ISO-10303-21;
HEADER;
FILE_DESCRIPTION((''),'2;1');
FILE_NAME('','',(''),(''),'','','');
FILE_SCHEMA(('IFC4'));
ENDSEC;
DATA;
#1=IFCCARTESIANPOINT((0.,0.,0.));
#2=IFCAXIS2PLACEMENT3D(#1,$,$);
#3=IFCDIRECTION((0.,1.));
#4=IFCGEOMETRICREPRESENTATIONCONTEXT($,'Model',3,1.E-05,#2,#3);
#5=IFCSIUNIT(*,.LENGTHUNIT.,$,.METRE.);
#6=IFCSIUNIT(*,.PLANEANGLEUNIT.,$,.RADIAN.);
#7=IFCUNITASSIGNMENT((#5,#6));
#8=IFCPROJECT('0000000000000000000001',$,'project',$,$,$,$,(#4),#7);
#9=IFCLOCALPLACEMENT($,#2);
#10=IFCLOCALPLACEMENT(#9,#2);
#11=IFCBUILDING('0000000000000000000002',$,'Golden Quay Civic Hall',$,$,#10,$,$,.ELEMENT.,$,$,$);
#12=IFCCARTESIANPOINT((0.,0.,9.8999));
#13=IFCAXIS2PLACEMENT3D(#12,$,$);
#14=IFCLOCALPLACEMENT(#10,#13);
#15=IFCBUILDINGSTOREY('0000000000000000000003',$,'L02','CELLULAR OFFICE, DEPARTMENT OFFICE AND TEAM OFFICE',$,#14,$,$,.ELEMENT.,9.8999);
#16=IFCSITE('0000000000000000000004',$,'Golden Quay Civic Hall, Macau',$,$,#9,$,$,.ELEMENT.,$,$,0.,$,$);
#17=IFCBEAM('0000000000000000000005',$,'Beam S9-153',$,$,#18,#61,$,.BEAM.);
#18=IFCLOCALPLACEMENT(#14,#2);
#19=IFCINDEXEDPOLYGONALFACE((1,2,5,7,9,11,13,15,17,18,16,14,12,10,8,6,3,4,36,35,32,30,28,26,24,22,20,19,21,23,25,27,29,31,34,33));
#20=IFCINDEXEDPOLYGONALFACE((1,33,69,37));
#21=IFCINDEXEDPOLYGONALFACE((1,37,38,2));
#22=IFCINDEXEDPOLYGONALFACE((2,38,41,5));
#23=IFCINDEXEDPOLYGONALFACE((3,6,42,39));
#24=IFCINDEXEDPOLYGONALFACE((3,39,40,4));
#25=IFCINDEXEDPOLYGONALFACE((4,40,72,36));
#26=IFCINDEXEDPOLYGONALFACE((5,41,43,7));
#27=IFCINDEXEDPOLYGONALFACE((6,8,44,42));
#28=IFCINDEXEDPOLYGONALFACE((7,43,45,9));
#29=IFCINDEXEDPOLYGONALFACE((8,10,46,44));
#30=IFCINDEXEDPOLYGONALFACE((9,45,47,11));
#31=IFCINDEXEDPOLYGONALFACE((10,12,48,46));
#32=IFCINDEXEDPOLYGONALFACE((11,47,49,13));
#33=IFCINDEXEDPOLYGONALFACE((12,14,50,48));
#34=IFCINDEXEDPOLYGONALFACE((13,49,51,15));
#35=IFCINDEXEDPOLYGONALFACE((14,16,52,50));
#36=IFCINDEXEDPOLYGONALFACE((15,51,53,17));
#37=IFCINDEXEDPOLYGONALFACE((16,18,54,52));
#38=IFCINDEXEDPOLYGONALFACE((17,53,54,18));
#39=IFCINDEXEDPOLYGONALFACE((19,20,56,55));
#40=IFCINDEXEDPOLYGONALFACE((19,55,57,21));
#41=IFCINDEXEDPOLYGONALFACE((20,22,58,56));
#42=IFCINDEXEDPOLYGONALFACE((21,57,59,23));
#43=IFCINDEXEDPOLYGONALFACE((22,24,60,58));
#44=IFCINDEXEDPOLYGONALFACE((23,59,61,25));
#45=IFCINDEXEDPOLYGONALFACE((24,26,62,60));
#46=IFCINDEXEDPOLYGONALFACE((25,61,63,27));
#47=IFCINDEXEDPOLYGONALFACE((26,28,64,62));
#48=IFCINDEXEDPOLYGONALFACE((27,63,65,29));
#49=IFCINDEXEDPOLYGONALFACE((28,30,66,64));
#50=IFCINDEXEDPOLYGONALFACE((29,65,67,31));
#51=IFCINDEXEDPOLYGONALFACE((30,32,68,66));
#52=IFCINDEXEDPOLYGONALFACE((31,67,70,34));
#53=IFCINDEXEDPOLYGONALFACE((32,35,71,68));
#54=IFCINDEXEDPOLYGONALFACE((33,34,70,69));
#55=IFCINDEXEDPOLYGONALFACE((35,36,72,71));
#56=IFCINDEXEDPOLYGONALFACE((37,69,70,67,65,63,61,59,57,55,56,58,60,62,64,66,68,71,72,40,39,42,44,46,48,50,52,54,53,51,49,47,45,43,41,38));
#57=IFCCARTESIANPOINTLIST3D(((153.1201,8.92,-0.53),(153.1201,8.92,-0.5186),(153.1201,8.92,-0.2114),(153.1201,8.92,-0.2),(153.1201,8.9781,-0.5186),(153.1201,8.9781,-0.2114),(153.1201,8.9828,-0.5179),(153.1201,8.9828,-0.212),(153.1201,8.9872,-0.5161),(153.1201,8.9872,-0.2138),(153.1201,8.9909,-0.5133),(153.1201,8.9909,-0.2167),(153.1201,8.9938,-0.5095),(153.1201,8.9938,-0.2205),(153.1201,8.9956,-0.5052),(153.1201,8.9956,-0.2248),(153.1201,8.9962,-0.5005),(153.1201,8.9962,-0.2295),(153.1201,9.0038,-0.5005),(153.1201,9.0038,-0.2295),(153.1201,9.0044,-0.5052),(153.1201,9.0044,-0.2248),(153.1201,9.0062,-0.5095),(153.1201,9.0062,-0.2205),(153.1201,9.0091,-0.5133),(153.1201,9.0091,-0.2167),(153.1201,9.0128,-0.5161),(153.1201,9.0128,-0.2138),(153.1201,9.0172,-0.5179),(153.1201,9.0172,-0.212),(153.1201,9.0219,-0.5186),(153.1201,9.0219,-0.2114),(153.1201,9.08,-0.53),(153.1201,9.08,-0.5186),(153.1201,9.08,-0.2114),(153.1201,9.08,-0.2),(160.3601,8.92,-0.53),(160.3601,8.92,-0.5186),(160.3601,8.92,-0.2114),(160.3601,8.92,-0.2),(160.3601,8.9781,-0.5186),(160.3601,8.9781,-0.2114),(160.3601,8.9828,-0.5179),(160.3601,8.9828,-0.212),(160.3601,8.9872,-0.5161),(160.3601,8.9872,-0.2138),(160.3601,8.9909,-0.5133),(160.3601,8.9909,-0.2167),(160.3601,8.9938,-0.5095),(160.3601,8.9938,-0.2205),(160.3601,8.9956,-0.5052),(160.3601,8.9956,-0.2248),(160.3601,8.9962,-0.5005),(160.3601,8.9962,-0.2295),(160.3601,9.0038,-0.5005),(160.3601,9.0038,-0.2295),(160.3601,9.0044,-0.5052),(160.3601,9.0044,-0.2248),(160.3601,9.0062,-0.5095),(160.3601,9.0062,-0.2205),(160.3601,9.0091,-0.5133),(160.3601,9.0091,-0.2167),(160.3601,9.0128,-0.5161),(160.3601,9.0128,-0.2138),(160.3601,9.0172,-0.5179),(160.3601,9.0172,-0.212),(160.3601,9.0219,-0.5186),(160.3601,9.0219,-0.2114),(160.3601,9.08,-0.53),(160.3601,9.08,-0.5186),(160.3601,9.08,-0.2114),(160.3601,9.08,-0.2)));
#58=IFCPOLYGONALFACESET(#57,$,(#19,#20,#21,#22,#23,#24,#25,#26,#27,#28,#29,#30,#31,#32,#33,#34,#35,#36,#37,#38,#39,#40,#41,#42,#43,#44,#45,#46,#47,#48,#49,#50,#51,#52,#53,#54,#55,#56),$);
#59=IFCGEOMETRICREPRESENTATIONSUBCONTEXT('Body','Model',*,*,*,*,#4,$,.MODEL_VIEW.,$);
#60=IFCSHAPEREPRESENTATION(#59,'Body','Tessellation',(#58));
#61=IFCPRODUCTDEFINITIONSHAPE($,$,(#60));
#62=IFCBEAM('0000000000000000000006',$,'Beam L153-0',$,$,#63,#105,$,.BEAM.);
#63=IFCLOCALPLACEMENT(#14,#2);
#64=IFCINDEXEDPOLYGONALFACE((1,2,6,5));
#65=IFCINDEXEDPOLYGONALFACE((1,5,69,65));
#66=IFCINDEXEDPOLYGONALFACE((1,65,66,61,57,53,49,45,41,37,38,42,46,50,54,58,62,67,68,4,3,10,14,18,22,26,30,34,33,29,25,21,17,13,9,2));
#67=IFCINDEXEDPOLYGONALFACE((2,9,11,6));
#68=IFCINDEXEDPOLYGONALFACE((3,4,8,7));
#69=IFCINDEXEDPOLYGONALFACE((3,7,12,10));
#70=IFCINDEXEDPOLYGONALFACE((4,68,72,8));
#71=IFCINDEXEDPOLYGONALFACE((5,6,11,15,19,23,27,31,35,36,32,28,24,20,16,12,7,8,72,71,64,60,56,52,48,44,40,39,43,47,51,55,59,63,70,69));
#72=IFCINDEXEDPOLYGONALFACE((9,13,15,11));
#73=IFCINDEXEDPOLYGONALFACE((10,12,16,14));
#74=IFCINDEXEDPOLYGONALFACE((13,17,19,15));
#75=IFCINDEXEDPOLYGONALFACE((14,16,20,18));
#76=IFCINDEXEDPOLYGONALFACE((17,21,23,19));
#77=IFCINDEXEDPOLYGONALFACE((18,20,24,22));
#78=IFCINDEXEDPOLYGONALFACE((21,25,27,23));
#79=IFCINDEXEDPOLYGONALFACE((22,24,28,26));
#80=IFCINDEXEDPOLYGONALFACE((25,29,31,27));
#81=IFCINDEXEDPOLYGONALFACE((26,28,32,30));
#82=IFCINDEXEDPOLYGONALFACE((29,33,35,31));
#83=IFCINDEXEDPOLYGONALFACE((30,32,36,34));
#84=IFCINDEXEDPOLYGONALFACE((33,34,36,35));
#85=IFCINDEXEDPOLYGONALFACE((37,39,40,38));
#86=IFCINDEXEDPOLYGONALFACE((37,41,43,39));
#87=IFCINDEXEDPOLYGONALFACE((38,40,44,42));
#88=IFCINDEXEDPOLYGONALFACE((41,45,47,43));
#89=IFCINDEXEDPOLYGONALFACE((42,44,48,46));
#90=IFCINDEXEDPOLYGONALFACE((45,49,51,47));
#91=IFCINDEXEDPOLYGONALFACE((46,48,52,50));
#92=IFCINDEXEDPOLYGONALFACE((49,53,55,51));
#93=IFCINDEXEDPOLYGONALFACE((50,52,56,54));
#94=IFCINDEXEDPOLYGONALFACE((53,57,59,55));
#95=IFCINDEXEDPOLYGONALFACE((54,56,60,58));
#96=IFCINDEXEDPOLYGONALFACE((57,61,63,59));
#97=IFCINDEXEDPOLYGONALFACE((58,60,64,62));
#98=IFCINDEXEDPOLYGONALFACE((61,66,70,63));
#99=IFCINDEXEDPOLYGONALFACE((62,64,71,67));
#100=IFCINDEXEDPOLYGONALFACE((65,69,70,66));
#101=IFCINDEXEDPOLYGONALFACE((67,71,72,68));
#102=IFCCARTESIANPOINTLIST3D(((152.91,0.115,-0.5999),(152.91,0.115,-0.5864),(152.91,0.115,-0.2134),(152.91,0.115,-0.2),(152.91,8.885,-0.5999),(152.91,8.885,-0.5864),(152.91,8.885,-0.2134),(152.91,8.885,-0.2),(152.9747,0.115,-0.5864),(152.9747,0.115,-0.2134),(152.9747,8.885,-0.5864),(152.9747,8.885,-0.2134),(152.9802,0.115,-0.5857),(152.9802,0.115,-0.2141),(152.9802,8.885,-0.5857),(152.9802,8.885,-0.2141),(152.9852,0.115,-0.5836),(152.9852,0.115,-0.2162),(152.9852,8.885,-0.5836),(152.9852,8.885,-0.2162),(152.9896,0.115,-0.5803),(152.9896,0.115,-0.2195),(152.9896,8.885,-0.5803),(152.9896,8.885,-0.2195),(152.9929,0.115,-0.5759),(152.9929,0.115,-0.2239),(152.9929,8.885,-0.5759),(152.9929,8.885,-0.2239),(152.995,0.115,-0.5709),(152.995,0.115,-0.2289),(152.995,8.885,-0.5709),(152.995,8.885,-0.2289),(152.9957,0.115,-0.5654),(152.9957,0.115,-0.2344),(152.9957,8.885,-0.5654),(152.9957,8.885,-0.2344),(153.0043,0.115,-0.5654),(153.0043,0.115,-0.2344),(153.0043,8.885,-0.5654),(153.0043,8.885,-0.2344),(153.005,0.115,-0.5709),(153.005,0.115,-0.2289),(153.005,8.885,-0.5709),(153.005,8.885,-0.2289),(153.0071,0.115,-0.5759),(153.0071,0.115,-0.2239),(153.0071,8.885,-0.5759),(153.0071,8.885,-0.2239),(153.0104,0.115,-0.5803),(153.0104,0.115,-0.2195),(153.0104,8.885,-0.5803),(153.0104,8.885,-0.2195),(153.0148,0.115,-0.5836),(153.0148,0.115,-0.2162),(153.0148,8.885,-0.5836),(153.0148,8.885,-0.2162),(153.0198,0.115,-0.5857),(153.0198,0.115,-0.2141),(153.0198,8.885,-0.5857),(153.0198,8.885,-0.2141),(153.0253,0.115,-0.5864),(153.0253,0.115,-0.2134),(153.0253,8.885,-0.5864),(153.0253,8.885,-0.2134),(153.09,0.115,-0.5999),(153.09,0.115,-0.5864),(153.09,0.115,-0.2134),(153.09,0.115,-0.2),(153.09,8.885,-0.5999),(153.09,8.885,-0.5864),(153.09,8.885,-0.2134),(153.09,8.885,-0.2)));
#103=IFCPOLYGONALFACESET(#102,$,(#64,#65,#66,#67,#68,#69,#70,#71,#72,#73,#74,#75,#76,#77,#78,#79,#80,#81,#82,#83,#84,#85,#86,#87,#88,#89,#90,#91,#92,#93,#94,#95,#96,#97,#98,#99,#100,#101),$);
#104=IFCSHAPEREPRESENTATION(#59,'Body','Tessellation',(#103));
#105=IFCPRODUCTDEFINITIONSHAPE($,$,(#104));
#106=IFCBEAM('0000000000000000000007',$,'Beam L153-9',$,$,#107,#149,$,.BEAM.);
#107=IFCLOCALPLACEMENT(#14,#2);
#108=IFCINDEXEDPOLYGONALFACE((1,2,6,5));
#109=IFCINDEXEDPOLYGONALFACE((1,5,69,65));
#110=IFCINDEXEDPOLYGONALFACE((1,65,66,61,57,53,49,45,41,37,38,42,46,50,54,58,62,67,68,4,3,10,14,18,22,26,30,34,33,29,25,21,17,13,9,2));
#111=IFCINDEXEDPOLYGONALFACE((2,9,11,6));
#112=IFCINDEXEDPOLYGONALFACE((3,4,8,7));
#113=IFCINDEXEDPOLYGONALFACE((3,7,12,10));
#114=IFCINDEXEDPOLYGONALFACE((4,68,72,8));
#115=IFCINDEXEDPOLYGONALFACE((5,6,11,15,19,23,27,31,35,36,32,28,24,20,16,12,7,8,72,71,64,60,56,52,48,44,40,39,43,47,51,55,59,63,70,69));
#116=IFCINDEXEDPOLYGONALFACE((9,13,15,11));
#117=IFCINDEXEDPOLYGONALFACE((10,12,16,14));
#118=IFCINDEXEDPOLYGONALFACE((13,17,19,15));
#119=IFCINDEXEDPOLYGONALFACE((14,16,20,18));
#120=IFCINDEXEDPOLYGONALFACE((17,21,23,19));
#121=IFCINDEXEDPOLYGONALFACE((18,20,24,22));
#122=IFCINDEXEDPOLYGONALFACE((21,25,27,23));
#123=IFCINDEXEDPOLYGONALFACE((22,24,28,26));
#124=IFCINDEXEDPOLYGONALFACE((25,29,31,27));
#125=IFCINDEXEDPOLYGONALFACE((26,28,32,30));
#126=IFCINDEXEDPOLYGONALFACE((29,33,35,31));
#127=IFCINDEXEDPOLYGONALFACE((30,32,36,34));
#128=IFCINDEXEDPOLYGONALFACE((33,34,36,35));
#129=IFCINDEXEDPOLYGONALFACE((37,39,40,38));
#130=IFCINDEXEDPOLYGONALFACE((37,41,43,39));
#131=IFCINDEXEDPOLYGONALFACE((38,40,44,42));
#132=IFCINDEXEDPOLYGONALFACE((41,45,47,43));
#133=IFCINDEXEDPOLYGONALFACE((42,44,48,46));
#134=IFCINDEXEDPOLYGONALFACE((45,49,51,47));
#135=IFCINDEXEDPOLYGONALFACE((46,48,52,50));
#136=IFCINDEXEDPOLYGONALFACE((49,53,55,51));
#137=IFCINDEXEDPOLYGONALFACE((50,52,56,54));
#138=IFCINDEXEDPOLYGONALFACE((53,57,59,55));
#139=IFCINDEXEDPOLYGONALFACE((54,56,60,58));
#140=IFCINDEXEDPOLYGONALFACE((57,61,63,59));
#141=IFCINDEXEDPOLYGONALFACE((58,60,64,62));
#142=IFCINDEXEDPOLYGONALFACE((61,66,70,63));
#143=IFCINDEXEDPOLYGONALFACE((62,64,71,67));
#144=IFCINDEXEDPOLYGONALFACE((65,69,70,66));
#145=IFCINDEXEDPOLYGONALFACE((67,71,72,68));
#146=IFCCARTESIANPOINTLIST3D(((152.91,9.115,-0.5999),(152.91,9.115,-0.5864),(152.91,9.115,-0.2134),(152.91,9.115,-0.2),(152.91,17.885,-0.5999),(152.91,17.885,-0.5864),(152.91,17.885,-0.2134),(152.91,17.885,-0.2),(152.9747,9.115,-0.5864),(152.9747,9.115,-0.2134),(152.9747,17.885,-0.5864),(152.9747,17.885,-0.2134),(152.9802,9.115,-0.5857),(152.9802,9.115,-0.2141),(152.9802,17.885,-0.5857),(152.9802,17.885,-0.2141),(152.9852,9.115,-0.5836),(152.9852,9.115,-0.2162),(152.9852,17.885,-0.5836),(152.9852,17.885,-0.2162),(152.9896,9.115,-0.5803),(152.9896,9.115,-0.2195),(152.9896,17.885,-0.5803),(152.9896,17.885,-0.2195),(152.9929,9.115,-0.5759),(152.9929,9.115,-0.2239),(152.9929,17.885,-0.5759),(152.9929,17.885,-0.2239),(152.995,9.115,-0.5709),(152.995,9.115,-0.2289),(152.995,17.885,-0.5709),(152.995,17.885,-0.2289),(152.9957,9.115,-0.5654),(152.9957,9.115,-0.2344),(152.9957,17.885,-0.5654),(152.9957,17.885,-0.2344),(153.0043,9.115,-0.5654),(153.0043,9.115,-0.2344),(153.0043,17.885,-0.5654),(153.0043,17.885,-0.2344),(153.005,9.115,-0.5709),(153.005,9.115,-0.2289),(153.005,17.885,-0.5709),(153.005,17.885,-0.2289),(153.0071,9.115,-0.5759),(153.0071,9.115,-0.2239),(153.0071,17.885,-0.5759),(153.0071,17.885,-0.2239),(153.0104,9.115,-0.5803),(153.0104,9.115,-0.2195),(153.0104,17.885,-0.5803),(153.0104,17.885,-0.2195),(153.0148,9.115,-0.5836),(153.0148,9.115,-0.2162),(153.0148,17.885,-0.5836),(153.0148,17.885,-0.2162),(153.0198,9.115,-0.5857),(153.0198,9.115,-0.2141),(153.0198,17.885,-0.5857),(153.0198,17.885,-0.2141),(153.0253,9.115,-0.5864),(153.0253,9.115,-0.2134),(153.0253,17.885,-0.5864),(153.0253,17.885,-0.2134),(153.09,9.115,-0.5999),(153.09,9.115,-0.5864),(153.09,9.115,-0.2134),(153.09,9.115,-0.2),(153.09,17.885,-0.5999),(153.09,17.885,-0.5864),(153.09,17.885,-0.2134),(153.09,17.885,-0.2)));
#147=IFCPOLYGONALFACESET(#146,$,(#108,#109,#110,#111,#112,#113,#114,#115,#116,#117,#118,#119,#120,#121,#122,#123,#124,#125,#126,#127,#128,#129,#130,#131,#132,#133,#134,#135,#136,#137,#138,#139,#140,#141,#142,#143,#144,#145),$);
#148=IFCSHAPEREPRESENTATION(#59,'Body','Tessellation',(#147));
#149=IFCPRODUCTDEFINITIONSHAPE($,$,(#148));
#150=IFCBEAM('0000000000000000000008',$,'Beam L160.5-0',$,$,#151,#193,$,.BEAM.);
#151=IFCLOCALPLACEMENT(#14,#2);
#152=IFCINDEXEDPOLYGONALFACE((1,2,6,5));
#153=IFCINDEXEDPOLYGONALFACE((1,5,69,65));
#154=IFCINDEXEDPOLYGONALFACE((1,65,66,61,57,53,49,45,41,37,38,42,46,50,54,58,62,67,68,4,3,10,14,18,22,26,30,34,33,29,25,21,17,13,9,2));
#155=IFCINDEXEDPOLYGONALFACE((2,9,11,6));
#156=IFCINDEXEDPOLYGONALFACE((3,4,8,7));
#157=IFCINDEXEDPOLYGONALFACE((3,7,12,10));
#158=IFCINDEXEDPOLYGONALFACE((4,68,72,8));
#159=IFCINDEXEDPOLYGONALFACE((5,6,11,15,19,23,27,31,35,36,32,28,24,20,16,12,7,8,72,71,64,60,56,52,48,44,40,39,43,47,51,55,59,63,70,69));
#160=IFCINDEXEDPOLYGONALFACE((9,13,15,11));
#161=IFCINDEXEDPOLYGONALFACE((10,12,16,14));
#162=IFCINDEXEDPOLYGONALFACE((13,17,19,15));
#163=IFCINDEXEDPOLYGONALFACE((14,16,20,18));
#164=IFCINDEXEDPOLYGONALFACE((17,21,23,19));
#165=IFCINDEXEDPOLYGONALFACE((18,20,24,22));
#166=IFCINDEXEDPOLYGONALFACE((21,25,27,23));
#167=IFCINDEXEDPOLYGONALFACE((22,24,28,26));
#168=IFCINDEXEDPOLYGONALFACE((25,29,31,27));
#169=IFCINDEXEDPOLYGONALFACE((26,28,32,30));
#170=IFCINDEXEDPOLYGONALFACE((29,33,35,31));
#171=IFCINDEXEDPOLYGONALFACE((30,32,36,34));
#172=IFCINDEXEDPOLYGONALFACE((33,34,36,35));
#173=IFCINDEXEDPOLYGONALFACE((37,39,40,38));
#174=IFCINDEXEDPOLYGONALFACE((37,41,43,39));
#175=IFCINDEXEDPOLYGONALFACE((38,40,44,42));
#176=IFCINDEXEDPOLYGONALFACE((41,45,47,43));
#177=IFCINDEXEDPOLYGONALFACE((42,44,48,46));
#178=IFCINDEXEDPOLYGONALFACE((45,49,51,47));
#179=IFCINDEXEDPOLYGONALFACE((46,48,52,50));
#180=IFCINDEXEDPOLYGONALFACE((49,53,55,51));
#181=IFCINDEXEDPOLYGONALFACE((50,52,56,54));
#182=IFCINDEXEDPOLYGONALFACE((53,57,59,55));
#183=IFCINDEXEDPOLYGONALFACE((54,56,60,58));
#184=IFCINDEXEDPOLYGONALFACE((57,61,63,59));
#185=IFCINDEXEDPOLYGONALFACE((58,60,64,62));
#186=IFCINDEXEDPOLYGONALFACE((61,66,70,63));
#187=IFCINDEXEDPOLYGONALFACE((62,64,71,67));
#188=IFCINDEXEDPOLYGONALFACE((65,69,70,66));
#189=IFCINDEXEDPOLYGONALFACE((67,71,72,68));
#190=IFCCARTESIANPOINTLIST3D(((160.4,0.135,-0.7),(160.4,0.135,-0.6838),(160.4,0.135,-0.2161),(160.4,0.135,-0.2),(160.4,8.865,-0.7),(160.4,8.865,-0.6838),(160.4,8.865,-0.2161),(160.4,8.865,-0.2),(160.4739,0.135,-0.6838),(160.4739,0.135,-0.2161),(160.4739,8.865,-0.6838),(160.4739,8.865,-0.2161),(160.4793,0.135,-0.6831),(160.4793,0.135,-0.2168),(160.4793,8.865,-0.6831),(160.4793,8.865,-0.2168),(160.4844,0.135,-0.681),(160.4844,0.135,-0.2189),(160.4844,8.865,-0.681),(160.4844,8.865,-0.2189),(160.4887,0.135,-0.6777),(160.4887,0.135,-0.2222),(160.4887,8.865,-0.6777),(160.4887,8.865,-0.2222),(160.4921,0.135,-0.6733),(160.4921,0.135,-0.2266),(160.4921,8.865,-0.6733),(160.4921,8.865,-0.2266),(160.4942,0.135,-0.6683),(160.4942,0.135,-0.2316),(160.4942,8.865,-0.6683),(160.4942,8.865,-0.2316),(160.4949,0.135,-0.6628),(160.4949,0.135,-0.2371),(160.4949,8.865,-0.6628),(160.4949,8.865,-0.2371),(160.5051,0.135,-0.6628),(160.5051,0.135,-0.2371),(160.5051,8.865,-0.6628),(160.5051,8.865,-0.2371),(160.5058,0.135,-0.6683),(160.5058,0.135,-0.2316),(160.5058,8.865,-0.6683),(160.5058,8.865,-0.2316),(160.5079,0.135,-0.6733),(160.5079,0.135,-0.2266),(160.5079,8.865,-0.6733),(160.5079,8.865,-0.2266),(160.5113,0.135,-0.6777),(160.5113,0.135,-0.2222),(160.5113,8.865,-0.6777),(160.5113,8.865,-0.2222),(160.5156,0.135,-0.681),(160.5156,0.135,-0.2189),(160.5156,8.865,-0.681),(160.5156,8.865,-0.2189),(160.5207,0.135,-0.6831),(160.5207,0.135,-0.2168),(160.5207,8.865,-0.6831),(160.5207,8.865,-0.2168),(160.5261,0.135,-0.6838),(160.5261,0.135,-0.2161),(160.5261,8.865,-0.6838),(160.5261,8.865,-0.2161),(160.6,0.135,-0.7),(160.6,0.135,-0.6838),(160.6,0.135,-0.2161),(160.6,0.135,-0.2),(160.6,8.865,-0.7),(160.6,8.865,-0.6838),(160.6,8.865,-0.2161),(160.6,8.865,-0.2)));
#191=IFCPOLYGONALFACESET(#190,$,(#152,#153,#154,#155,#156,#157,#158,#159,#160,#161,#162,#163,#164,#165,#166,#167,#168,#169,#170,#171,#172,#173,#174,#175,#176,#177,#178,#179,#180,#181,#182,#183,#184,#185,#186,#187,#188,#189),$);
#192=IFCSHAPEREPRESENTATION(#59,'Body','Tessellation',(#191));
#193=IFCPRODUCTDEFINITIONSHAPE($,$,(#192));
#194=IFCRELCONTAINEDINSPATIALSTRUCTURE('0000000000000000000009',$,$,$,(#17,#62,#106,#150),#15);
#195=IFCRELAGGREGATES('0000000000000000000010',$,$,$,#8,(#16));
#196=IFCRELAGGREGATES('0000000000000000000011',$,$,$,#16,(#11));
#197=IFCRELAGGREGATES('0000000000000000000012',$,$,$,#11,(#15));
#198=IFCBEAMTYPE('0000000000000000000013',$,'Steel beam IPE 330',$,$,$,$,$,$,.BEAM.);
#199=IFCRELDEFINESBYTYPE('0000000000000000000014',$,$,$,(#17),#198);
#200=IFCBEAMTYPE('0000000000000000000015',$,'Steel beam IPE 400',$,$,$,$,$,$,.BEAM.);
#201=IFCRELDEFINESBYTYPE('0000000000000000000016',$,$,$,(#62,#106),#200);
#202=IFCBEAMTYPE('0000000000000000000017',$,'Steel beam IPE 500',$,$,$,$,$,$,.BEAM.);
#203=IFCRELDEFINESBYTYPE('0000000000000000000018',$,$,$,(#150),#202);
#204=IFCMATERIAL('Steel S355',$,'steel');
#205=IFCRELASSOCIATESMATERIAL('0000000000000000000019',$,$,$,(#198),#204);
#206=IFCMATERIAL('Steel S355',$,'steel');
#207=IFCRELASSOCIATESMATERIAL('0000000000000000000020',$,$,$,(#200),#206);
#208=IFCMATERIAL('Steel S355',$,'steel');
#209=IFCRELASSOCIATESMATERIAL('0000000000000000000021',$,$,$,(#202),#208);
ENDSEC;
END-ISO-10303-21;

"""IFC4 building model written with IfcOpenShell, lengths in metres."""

from ifc_helpers import new_model, si_unit, direction, frame, origin, origin_2d, place, context, subcontext, project, spatial, i_section, extrude, material, material_profile, profile_set, type_object, element, save


model = new_model("IFC4")

# Units and contexts
model_context = context("Model", 3, precision=1e-05, world=origin(), true_north=direction((0.0, 1.0)))
body_context = subcontext(model_context, "Body", "Model", "MODEL_VIEW")
ifc_project = project(units=[si_unit("LENGTHUNIT", "METRE"), si_unit("PLANEANGLEUNIT", "RADIAN")], contexts=[model_context])

# Site, building, storey
site_placement = place(None, origin())
site = spatial("IfcSite", under=ifc_project, at=site_placement, Name="Golden Quay Civic Hall, Macau", CompositionType="ELEMENT", RefElevation=0.0)
building_placement = place(site_placement, origin())
building = spatial("IfcBuilding", under=site, at=building_placement, Name="Golden Quay Civic Hall", CompositionType="ELEMENT")
storey_placement = place(building_placement, frame((0.0, 0.0, 9.8999)))
storey = spatial("IfcBuildingStorey", under=building, at=storey_placement, Name="L02", Description="CELLULAR OFFICE, DEPARTMENT OFFICE AND TEAM OFFICE", CompositionType="ELEMENT", Elevation=9.8999)

# Beams
ifc_material_1 = material(Name="Steel S355", Category="steel")
ifc_material_profile_1 = material_profile(ifc_material_1, i_section(OverallWidth=0.1599, OverallDepth=0.3301, WebThickness=0.0076, FlangeThickness=0.0115, FilletRadius=0.0181, at=origin_2d()), Name="IPE 330")
ifc_profile_set_1 = profile_set([ifc_material_profile_1], Name="Steel S355")
beam_type_1 = type_object("IfcBeamType", Name="Steel beam IPE 330", PredefinedType="BEAM", material=ifc_profile_set_1)
beam_1_placement = place(storey_placement, frame((153.1201, 9.0, -0.365), z_axis=(1.0, 0.0, 0.0), x_axis=(0.0, 1.0, 0.0)))
element("IfcBeam", 1, at=beam_1_placement, inside=storey, type_object=beam_type_1, Name="Beam S9-153", PredefinedType="BEAM", context=body_context, shape_type="SweptSolid", body=[
    extrude(i_section(OverallWidth=0.1599, OverallDepth=0.3301, WebThickness=0.0076, FlangeThickness=0.0115, FilletRadius=0.0181, at=origin_2d()), origin(), (0.0, 0.0, 1.0), 7.24),
])
ifc_material_2 = material(Name="Steel S355", Category="steel")
ifc_material_profile_2 = material_profile(ifc_material_2, i_section(OverallWidth=0.1799, OverallDepth=0.3999, WebThickness=0.0085, FlangeThickness=0.0134, FilletRadius=0.021, at=origin_2d()), Name="IPE 400")
ifc_profile_set_2 = profile_set([ifc_material_profile_2], Name="Steel S355")
beam_type_2 = type_object("IfcBeamType", Name="Steel beam IPE 400", PredefinedType="BEAM", material=ifc_profile_set_2)
for number, where, z_axis, x_axis, name in (
    (2, (153.0, 0.115, -0.3999), (0.0, 1.0, 0.0), (-1.0, 0.0, 0.0), "Beam L153-0"),
    (3, (153.0, 9.115, -0.3999), (0.0, 1.0, 0.0), (-1.0, 0.0, 0.0), "Beam L153-9"),
):
    element("IfcBeam", number, at=place(storey_placement, frame(where, z_axis=z_axis, x_axis=x_axis)), inside=storey, type_object=beam_type_2, Name=name, PredefinedType="BEAM", context=body_context, shape_type="SweptSolid", body=[
        extrude(i_section(OverallWidth=0.1799, OverallDepth=0.3999, WebThickness=0.0085, FlangeThickness=0.0134, FilletRadius=0.021, at=origin_2d()), origin(), (0.0, 0.0, 1.0), 8.77),
    ])
ifc_material_3 = material(Name="Steel S355", Category="steel")
ifc_material_profile_3 = material_profile(ifc_material_3, i_section(OverallWidth=0.2, OverallDepth=0.5, WebThickness=0.0103, FlangeThickness=0.0161, FilletRadius=0.021, at=origin_2d()), Name="IPE 500")
ifc_profile_set_3 = profile_set([ifc_material_profile_3], Name="Steel S355")
beam_type_3 = type_object("IfcBeamType", Name="Steel beam IPE 500", PredefinedType="BEAM", material=ifc_profile_set_3)
for number, where, z_axis, x_axis, name in (
    (4, (160.5, 0.135, -0.45), (0.0, 1.0, 0.0), (-1.0, 0.0, 0.0), "Beam L160.5-0"),
):
    element("IfcBeam", number, at=place(storey_placement, frame(where, z_axis=z_axis, x_axis=x_axis)), inside=storey, type_object=beam_type_3, Name=name, PredefinedType="BEAM", context=body_context, shape_type="SweptSolid", body=[
        extrude(i_section(OverallWidth=0.2, OverallDepth=0.5, WebThickness=0.0103, FlangeThickness=0.0161, FilletRadius=0.021, at=origin_2d()), origin(), (0.0, 0.0, 1.0), 8.73),
    ])

save(model, "model.ifc")
